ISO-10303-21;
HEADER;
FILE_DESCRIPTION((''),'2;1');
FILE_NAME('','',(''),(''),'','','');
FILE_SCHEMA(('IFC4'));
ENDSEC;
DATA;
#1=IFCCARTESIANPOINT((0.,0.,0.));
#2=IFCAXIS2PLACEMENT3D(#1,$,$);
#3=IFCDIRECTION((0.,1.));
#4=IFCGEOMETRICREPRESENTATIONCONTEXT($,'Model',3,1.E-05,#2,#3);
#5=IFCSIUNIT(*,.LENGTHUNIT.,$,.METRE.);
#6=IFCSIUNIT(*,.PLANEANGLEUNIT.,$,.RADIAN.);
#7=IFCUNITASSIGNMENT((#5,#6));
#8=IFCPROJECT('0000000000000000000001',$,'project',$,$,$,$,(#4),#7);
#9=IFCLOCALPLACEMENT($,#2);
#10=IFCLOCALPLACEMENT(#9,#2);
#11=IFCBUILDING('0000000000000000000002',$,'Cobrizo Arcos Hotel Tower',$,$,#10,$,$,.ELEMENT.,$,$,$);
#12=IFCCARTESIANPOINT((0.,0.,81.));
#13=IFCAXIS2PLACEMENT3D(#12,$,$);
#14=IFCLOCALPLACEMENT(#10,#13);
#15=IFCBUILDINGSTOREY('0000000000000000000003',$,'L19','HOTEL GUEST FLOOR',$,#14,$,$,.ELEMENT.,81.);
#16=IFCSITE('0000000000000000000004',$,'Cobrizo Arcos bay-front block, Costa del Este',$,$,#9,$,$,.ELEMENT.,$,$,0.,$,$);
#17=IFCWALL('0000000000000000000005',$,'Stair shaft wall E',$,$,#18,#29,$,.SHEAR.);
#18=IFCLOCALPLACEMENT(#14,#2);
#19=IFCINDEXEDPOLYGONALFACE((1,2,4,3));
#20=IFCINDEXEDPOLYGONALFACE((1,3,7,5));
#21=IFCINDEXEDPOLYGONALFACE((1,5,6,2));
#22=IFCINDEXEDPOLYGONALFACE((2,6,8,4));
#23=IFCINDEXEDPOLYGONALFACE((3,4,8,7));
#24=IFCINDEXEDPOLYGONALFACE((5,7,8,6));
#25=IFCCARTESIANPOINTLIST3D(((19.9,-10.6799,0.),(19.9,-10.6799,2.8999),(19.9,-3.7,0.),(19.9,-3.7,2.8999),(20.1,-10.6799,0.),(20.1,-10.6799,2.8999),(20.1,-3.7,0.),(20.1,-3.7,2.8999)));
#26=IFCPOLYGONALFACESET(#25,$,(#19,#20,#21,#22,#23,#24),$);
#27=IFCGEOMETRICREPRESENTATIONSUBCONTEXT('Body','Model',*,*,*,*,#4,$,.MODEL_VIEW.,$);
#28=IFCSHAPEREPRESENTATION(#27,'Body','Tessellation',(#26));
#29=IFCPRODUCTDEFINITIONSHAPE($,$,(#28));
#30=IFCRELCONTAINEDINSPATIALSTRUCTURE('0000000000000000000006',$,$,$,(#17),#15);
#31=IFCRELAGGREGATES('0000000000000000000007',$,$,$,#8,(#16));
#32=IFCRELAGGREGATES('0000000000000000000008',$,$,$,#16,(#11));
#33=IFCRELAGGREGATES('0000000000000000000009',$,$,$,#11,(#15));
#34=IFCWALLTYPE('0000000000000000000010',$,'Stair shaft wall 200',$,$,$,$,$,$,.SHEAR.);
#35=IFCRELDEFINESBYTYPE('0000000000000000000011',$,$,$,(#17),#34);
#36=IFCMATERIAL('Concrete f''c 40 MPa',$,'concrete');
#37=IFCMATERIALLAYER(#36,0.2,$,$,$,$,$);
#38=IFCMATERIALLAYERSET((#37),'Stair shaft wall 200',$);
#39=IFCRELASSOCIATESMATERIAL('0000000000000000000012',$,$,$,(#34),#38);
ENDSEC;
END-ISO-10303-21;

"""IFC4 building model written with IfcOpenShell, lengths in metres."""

from ifc_helpers import new_model, si_unit, direction, frame, frame_2d, origin, place, context, subcontext, project, spatial, rectangle, extrude, material, layer, layer_set, type_object, element, save


model = new_model("IFC4")

# Units and contexts
model_context = context("Model", 3, precision=1e-05, world=origin(), true_north=direction((0.0, 1.0)))
body_context = subcontext(model_context, "Body", "Model", "MODEL_VIEW")
ifc_project = project(units=[si_unit("LENGTHUNIT", "METRE"), si_unit("PLANEANGLEUNIT", "RADIAN")], contexts=[model_context])

# Site, building, storey
site_placement = place(None, origin())
site = spatial("IfcSite", under=ifc_project, at=site_placement, Name="Cobrizo Arcos bay-front block, Costa del Este", CompositionType="ELEMENT", RefElevation=0.0)
building_placement = place(site_placement, origin())
building = spatial("IfcBuilding", under=site, at=building_placement, Name="Cobrizo Arcos Hotel Tower", CompositionType="ELEMENT")
storey_placement = place(building_placement, frame((0.0, 0.0, 81.0)))
storey = spatial("IfcBuildingStorey", under=building, at=storey_placement, Name="L19", Description="HOTEL GUEST FLOOR", CompositionType="ELEMENT", Elevation=81.0)

# Wall
ifc_material_1 = material(Name="Concrete f'c 40 MPa", Category="concrete")
ifc_layer_1 = layer(ifc_material_1, 0.2)
ifc_layer_set_1 = layer_set([ifc_layer_1], Name="Stair shaft wall 200")
wall_type_1 = type_object("IfcWallType", Name="Stair shaft wall 200", PredefinedType="SHEAR", material=ifc_layer_set_1)
wall_1_placement = place(storey_placement, frame((20.0, -10.6799, 0.0), z_axis=(0.0, 0.0, 1.0), x_axis=(0.0, 1.0, 0.0)))
element("IfcWall", 1, at=wall_1_placement, inside=storey, type_object=wall_type_1, Name="Stair shaft wall E", PredefinedType="SHEAR", context=body_context, shape_type="SweptSolid", body=[
    extrude(rectangle(XDim=6.98, YDim=0.2, at=frame_2d((3.49, 0.0))), origin(), (0.0, 0.0, 1.0), 2.8999),
])

save(model, "model.ifc")
